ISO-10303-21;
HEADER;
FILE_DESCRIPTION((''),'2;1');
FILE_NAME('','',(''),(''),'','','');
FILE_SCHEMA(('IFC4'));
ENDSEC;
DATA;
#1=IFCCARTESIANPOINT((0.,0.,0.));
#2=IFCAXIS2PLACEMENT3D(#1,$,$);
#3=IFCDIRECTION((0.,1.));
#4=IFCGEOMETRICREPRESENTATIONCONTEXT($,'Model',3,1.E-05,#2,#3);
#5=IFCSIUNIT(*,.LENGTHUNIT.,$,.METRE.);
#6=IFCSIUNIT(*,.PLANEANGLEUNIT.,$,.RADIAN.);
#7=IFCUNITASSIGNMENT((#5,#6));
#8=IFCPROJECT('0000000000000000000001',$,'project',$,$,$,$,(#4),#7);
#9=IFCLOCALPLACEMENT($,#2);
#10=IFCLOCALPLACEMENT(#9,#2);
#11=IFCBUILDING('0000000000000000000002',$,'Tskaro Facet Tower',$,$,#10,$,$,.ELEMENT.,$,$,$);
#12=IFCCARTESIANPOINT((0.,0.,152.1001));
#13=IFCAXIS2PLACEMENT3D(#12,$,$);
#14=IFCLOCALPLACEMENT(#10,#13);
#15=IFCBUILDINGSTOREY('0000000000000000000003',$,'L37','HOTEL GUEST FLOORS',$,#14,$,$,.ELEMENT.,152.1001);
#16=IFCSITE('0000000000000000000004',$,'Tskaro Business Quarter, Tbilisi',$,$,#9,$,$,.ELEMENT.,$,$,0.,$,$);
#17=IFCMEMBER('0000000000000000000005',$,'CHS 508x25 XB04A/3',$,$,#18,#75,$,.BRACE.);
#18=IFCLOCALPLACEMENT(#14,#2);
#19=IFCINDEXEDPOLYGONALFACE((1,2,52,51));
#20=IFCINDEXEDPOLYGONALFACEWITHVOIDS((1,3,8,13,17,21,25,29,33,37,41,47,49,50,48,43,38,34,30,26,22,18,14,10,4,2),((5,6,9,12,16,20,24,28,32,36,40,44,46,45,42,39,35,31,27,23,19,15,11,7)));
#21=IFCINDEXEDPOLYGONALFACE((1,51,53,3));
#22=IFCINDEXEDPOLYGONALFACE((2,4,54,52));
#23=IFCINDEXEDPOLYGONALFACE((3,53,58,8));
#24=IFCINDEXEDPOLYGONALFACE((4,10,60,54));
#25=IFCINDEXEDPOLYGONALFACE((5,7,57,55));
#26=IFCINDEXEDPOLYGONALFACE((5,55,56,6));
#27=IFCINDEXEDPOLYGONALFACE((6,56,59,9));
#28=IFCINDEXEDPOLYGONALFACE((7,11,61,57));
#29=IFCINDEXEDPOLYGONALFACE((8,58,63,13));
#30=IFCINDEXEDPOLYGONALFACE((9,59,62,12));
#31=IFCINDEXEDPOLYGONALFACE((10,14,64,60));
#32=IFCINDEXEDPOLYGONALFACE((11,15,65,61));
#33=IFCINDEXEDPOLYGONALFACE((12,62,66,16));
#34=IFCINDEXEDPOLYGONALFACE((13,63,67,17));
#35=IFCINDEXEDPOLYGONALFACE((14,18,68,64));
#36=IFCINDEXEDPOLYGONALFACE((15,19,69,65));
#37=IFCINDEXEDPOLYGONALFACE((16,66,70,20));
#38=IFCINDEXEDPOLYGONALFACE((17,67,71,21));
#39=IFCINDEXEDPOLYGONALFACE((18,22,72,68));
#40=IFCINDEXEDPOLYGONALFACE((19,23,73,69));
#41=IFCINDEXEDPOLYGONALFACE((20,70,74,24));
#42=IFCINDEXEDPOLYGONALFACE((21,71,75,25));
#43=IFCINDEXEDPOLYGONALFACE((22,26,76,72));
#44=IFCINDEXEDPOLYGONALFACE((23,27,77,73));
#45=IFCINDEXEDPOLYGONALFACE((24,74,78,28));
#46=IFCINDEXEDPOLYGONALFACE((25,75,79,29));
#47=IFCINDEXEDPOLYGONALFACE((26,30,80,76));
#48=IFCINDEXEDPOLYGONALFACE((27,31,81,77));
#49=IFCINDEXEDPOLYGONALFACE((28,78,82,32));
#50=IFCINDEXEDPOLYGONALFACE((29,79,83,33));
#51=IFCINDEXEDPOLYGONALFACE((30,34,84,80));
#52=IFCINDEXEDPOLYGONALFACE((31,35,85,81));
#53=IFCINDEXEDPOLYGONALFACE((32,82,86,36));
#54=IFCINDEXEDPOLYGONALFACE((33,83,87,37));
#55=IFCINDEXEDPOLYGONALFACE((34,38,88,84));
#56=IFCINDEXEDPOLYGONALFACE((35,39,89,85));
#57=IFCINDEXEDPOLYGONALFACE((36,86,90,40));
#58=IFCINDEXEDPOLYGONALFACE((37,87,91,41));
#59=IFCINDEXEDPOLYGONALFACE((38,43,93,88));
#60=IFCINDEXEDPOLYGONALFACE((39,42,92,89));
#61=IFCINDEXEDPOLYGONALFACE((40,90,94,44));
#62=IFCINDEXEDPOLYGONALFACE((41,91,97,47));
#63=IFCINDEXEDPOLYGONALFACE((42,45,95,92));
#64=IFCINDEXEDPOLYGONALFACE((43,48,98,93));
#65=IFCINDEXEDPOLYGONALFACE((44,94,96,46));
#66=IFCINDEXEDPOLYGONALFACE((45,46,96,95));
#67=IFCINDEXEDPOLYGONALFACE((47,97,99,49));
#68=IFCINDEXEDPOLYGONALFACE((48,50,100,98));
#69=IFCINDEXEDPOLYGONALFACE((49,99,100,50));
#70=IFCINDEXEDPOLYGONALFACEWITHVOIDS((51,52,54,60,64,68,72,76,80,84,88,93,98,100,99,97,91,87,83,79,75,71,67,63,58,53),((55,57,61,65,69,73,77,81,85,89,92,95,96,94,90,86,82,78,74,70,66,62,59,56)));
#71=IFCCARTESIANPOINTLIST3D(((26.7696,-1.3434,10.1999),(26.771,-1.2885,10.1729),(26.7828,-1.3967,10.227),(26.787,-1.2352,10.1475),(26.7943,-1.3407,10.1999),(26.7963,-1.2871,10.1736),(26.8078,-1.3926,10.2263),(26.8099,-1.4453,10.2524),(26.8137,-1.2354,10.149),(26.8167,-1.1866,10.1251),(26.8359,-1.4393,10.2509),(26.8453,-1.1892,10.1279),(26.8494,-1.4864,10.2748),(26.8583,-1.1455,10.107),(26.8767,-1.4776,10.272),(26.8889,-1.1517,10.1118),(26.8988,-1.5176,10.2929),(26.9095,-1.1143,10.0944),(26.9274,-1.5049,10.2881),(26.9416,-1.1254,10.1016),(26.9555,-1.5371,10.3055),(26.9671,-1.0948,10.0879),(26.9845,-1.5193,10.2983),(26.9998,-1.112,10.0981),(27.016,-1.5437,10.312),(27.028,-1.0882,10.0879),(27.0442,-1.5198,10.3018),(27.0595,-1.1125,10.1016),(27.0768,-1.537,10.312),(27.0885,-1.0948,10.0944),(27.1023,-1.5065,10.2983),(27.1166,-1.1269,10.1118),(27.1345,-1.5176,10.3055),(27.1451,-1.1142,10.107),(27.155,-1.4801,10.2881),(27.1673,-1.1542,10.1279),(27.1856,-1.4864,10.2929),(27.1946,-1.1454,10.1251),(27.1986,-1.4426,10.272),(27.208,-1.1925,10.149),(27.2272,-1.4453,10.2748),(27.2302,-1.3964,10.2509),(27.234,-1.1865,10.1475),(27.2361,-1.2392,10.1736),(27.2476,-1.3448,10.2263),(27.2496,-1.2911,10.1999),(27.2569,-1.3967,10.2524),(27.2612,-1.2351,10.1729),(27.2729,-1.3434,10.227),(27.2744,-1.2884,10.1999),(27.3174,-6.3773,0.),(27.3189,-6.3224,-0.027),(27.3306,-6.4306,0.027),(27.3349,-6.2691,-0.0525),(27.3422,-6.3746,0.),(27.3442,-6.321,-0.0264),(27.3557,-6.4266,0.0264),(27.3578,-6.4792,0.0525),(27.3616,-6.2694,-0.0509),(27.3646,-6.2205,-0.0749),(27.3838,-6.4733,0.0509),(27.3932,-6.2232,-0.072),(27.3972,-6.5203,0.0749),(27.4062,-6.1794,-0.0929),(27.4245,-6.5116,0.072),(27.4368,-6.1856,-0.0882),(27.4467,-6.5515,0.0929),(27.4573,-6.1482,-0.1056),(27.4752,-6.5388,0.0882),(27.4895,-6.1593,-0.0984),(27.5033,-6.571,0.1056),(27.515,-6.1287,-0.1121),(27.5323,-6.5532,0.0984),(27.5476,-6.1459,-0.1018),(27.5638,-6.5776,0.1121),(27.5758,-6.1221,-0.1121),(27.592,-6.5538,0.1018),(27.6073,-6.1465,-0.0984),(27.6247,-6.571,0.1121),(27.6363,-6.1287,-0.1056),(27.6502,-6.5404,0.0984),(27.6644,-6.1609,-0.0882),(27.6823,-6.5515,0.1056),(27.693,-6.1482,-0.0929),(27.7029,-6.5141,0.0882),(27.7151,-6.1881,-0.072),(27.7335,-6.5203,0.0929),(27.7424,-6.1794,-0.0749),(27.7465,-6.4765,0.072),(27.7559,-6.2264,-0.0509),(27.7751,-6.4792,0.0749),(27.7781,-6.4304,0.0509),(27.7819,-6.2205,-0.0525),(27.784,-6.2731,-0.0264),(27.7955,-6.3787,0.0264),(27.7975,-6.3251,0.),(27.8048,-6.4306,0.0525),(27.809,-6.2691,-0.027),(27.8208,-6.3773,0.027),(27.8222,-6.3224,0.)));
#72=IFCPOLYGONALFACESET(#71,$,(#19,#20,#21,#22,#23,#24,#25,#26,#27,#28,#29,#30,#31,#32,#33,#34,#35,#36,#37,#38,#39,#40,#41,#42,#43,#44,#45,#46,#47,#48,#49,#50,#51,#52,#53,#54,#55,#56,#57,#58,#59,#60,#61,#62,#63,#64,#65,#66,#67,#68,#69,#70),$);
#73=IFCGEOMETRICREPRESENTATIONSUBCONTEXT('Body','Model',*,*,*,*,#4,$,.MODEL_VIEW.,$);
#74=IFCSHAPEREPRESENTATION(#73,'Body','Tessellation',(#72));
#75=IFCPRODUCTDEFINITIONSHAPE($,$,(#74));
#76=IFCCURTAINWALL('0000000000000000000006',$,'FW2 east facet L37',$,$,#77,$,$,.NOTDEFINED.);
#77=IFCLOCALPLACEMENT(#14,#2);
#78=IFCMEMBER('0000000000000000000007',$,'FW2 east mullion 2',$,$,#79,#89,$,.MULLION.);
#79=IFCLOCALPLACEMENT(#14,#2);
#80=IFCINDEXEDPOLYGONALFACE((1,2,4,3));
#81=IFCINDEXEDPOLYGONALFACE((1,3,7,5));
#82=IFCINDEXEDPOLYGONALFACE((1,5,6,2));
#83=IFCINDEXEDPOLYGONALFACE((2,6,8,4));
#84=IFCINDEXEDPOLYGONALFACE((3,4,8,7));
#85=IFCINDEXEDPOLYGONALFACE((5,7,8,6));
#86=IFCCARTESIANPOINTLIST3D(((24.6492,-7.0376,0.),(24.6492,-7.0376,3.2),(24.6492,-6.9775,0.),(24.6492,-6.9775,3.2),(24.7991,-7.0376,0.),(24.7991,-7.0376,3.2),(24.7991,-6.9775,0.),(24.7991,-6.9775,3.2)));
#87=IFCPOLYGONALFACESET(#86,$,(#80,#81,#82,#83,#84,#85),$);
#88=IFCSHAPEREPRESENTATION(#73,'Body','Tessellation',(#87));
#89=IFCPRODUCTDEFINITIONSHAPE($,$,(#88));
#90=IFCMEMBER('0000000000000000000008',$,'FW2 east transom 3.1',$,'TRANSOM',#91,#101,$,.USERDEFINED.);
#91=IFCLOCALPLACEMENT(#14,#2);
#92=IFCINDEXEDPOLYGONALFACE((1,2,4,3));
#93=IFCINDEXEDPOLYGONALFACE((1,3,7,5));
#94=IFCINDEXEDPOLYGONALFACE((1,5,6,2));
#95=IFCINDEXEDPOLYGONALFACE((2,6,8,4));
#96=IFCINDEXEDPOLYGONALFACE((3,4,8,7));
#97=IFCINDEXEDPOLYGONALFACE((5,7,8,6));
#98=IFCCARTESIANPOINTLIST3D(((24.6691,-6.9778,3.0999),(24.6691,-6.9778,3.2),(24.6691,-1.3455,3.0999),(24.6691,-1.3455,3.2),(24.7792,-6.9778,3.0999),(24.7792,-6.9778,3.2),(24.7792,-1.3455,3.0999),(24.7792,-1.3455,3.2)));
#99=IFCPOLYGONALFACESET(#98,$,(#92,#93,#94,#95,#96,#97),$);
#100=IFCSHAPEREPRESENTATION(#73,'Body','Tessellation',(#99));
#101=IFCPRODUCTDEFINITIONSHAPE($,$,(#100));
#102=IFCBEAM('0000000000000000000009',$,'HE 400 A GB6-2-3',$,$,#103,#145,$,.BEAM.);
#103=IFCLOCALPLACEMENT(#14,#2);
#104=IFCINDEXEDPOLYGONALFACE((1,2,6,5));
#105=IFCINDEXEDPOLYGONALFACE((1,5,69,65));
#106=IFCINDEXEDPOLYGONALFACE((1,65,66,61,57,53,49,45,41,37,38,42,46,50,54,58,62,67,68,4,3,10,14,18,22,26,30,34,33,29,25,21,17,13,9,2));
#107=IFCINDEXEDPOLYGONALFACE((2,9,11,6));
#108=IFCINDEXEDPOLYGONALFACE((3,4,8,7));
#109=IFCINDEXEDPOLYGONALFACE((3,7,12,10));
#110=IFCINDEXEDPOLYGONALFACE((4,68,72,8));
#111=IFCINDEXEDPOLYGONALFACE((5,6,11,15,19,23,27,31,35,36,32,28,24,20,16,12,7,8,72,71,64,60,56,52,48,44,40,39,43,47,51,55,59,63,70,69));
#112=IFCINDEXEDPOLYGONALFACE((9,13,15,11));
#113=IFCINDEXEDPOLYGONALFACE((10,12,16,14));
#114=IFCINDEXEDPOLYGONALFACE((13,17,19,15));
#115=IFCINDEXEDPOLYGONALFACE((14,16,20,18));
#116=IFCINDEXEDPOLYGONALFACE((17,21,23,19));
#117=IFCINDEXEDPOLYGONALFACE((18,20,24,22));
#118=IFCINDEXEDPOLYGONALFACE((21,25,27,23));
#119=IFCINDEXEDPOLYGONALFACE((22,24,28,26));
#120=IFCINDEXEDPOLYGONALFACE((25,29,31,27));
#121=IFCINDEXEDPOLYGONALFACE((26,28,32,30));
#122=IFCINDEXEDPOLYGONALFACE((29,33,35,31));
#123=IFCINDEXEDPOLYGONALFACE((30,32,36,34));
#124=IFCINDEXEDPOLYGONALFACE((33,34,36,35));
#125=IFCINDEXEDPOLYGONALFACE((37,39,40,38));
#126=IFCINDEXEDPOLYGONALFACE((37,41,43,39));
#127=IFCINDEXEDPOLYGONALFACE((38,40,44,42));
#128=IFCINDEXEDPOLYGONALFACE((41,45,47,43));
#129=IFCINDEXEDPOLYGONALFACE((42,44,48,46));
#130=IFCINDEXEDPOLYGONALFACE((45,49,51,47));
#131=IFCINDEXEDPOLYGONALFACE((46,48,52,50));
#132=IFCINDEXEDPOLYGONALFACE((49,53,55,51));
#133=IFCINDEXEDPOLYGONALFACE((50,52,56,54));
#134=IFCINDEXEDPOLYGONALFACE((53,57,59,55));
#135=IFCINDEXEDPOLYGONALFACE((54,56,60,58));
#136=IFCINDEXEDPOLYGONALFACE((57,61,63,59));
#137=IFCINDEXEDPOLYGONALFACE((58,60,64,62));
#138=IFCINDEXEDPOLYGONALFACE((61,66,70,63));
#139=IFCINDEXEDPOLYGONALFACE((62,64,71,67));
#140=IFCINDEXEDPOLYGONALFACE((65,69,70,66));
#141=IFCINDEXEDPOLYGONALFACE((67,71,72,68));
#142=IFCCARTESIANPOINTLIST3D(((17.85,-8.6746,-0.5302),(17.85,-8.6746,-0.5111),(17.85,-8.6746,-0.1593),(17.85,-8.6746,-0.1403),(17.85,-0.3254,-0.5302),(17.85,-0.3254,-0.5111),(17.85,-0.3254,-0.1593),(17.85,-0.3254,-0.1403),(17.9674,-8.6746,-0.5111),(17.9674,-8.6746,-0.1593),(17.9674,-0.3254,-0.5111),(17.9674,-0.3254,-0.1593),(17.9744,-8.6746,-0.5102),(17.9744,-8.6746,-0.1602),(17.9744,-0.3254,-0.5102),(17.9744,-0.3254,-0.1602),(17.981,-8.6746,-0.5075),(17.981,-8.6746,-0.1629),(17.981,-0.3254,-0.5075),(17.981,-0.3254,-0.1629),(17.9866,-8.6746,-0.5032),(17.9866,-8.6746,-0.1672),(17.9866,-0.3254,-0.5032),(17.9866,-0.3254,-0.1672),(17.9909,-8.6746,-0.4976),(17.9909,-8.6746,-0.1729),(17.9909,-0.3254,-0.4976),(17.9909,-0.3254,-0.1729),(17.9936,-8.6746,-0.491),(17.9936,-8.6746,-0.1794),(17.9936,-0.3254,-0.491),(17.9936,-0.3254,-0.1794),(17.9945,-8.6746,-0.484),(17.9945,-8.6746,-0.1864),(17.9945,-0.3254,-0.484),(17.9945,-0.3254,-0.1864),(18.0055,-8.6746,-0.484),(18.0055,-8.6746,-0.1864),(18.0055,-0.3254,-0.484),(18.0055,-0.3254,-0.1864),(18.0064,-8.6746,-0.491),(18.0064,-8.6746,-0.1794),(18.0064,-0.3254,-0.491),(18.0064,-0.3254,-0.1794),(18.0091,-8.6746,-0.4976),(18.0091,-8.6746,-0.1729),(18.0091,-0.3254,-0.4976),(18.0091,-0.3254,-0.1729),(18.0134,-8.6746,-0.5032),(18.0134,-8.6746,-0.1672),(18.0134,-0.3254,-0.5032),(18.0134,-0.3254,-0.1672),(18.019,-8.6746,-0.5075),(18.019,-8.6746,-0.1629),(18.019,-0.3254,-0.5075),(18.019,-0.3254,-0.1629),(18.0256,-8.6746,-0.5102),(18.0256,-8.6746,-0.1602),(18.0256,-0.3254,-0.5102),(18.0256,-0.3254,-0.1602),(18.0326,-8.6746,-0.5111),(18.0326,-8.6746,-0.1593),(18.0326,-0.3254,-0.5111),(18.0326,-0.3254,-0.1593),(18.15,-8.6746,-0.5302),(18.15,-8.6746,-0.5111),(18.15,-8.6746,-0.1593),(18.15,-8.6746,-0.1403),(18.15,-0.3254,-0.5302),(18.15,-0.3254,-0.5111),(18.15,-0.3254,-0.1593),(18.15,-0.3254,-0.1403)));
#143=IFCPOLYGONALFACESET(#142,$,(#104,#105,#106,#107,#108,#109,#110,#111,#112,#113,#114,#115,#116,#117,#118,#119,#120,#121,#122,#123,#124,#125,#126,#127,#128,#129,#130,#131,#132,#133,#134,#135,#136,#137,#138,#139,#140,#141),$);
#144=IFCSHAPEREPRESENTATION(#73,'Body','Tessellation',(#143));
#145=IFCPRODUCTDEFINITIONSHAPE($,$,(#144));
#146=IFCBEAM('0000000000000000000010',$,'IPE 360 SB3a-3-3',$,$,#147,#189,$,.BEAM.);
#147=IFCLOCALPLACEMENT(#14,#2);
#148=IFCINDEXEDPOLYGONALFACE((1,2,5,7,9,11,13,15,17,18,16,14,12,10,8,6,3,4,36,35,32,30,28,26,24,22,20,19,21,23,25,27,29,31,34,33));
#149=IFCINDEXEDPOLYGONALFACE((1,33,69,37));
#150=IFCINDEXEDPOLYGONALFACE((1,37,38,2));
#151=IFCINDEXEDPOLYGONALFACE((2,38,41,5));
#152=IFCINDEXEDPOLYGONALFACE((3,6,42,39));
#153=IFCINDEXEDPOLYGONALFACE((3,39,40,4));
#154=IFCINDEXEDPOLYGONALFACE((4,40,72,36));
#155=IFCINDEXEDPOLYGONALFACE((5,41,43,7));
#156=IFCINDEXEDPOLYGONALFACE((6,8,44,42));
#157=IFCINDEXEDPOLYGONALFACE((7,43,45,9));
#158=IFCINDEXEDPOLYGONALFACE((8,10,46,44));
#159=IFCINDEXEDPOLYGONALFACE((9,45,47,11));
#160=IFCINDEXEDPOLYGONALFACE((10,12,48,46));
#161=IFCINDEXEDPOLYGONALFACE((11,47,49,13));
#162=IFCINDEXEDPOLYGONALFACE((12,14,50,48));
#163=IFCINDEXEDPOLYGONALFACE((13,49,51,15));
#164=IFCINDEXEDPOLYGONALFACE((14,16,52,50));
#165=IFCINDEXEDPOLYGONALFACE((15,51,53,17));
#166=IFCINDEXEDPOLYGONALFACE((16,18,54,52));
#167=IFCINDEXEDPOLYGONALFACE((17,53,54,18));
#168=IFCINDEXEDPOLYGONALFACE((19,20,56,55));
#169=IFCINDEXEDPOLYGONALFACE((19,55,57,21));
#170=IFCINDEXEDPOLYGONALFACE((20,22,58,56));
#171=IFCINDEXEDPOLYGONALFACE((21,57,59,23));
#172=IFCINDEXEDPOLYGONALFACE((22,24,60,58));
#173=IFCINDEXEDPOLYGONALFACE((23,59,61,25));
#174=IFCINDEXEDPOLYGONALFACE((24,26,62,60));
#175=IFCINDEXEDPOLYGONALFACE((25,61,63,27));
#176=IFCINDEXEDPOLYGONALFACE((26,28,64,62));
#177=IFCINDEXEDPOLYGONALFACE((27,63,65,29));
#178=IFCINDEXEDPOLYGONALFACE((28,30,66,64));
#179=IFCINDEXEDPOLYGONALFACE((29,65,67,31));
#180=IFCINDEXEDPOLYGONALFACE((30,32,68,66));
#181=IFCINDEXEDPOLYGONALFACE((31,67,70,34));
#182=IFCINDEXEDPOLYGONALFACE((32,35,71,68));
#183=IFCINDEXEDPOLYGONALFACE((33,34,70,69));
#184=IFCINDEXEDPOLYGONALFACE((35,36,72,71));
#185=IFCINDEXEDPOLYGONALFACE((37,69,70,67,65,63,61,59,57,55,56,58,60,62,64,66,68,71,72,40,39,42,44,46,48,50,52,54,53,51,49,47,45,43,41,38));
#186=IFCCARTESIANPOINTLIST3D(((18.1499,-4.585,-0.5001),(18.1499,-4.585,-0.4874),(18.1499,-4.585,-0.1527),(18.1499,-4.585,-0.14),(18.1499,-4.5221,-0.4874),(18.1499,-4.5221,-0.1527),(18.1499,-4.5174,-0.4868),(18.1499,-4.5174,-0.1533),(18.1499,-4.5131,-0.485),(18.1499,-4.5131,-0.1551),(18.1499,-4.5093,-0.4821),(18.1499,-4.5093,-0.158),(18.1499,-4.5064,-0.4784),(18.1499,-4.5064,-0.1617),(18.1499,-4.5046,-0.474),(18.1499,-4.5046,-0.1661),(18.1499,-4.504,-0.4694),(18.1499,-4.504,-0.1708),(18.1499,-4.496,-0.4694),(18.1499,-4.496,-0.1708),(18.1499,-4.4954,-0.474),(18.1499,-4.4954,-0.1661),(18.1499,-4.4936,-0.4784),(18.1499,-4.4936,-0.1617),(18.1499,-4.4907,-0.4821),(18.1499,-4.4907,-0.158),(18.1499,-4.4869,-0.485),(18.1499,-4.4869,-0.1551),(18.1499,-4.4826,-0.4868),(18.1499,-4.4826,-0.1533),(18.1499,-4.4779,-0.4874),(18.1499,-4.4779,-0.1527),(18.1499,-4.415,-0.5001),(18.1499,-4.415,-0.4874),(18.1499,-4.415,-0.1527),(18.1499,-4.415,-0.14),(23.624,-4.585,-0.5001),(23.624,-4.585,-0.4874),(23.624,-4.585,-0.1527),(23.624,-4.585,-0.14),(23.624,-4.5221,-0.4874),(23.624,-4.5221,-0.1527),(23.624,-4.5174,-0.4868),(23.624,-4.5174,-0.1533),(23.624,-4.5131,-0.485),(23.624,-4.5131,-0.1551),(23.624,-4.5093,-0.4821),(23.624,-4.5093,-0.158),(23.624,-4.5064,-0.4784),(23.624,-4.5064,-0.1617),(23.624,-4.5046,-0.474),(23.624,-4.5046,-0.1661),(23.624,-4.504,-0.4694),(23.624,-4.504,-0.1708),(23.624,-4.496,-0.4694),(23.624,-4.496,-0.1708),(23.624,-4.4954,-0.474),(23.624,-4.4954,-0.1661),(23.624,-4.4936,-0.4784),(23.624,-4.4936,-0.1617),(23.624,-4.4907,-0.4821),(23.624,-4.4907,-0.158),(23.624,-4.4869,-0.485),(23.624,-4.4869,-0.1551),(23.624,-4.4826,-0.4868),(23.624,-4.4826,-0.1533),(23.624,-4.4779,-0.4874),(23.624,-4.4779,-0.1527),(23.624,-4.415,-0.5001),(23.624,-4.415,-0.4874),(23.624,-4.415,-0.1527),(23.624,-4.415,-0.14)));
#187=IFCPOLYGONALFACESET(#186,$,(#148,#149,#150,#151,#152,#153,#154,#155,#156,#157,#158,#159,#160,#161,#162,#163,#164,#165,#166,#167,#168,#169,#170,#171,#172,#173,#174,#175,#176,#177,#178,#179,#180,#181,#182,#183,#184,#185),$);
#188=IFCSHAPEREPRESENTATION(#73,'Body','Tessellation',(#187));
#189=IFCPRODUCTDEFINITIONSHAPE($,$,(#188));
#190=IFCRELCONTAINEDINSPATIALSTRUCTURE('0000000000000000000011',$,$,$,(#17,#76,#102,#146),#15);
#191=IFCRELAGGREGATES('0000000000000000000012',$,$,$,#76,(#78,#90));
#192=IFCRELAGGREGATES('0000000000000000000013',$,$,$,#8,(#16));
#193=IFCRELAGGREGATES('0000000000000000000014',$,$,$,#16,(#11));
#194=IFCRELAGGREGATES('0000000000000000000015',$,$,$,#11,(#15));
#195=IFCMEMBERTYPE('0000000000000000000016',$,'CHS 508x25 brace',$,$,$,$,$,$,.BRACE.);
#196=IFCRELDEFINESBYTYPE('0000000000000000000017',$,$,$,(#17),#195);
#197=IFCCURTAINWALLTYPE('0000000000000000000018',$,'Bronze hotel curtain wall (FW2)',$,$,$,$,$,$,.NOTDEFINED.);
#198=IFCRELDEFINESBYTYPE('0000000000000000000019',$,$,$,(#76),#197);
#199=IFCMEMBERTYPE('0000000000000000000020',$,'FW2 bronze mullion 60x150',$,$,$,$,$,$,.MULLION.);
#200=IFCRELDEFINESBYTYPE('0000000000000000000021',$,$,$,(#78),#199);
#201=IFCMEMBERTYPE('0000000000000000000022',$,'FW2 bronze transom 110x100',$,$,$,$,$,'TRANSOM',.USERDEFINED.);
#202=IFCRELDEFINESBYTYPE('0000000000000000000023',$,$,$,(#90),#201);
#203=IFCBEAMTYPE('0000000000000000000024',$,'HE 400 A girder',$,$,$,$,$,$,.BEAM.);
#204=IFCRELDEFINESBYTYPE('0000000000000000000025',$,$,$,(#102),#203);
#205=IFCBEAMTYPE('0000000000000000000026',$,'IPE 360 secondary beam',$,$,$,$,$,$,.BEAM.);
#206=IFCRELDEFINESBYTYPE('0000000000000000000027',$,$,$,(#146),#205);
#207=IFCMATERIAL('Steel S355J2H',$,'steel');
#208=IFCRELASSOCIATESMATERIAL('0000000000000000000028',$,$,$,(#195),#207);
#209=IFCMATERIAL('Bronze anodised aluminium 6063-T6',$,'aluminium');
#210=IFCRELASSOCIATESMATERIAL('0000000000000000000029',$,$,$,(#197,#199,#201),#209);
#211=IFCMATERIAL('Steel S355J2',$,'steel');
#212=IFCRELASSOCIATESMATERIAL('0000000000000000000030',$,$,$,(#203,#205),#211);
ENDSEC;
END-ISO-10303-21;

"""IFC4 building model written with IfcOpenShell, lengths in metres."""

from ifc_helpers import new_model, si_unit, direction, frame, origin, origin_2d, place, context, subcontext, project, spatial, rectangle, hollow_circle, i_section, extrude, material, material_profile, profile_set, type_object, element, aggregate, save


model = new_model("IFC4")

# Units and contexts
model_context = context("Model", 3, precision=1e-05, world=origin(), true_north=direction((0.0, 1.0)))
body_context = subcontext(model_context, "Body", "Model", "MODEL_VIEW")
ifc_project = project(units=[si_unit("LENGTHUNIT", "METRE"), si_unit("PLANEANGLEUNIT", "RADIAN")], contexts=[model_context])

# Site, building, storey
site_placement = place(None, origin())
site = spatial("IfcSite", under=ifc_project, at=site_placement, Name="Tskaro Business Quarter, Tbilisi", CompositionType="ELEMENT", RefElevation=0.0)
building_placement = place(site_placement, origin())
building = spatial("IfcBuilding", under=site, at=building_placement, Name="Tskaro Facet Tower", CompositionType="ELEMENT")
storey_placement = place(building_placement, frame((0.0, 0.0, 152.1001)))
storey = spatial("IfcBuildingStorey", under=building, at=storey_placement, Name="L37", Description="HOTEL GUEST FLOORS", CompositionType="ELEMENT", Elevation=152.1001)

# Member
ifc_material_1 = material(Name="Steel S355J2H", Category="steel")
ifc_material_profile_1 = material_profile(ifc_material_1, hollow_circle(Radius=0.2539, WallThickness=0.0249, at=origin_2d()), Name="CHS 508x25")
ifc_profile_set_1 = profile_set([ifc_material_profile_1], Name="Steel S355J2H")
member_type_1 = type_object("IfcMemberType", Name="CHS 508x25 brace", PredefinedType="BRACE", material=ifc_profile_set_1)
member_1_placement = place(storey_placement, frame((27.5698, -6.3499, 0.0), z_axis=(-0.048109, 0.44205, 0.895699), x_axis=(-0.99413, -0.108193, 0.0)))
element("IfcMember", 1, at=member_1_placement, inside=storey, type_object=member_type_1, Name="CHS 508x25 XB04A/3", PredefinedType="BRACE", context=body_context, shape_type="SweptSolid", body=[
    extrude(hollow_circle(Radius=0.2539, WallThickness=0.0249, at=origin_2d()), origin(), (0.0, 0.0, 1.0), 11.3877),
])

# Curtain wall, members
ifc_material_2 = material(Name="Bronze anodised aluminium 6063-T6", Category="aluminium")
curtain_wall_type = type_object("IfcCurtainWallType", Name="Bronze hotel curtain wall (FW2)", PredefinedType="NOTDEFINED", material=ifc_material_2)
curtain_wall_placement = place(storey_placement, origin())
curtain_wall = element("IfcCurtainWall", 2, at=curtain_wall_placement, inside=storey, type_object=curtain_wall_type, Name="FW2 east facet L37", PredefinedType="NOTDEFINED")
ifc_material_profile_2 = material_profile(ifc_material_2, rectangle(XDim=0.0601, YDim=0.1499, at=origin_2d()), Name="Mullion 60x150")
ifc_profile_set_2 = profile_set([ifc_material_profile_2], Name="Bronze anodised aluminium 6063-T6")
member_type_2 = type_object("IfcMemberType", Name="FW2 bronze mullion 60x150", PredefinedType="MULLION", material=ifc_profile_set_2)
member_2_placement = place(storey_placement, frame((24.7241, -7.0076, 0.0), z_axis=(0.0, 0.0, 1.0), x_axis=(0.0, 1.0, 0.0)))
member_2 = element("IfcMember", 3, at=member_2_placement, type_object=member_type_2, Name="FW2 east mullion 2", PredefinedType="MULLION", context=body_context, shape_type="SweptSolid", body=[
    extrude(rectangle(XDim=0.0601, YDim=0.1499, at=origin_2d()), origin(), (0.0, 0.0, 1.0), 3.2),
])
ifc_material_profile_3 = material_profile(ifc_material_2, rectangle(XDim=0.1101, YDim=0.1001, at=origin_2d()), Name="Transom 110x100")
ifc_profile_set_3 = profile_set([ifc_material_profile_3], Name="Bronze anodised aluminium 6063-T6")
member_type_3 = type_object("IfcMemberType", Name="FW2 bronze transom 110x100", ElementType="TRANSOM", PredefinedType="USERDEFINED", material=ifc_profile_set_3)
member_3_placement = place(storey_placement, frame((24.7241, -6.9778, 3.1499), z_axis=(0.0, 1.0, 0.0), x_axis=(-1.0, 0.0, 0.0)))
member_3 = element("IfcMember", 4, at=member_3_placement, type_object=member_type_3, Name="FW2 east transom 3.1", ObjectType="TRANSOM", PredefinedType="USERDEFINED", context=body_context, shape_type="SweptSolid", body=[
    extrude(rectangle(XDim=0.1101, YDim=0.1001, at=origin_2d()), origin(), (0.0, 0.0, 1.0), 5.6323),
])

# Beams
ifc_material_3 = material(Name="Steel S355J2", Category="steel")
ifc_material_profile_4 = material_profile(ifc_material_3, i_section(OverallWidth=0.3, OverallDepth=0.3899, WebThickness=0.011, FlangeThickness=0.019, FilletRadius=0.0271, at=origin_2d()), Name="HE 400 A")
ifc_profile_set_4 = profile_set([ifc_material_profile_4], Name="Steel S355J2")
beam_type_1 = type_object("IfcBeamType", Name="HE 400 A girder", PredefinedType="BEAM", material=ifc_profile_set_4)
beam_1_placement = place(storey_placement, frame((18.0, -8.6746, -0.3352), z_axis=(0.0, 1.0, 0.0), x_axis=(-1.0, 0.0, 0.0)))
element("IfcBeam", 5, at=beam_1_placement, inside=storey, type_object=beam_type_1, Name="HE 400 A GB6-2-3", PredefinedType="BEAM", context=body_context, shape_type="SweptSolid", body=[
    extrude(i_section(OverallWidth=0.3, OverallDepth=0.3899, WebThickness=0.011, FlangeThickness=0.019, FilletRadius=0.0271, at=origin_2d()), origin(), (0.0, 0.0, 1.0), 8.3491),
])
ifc_material_profile_5 = material_profile(ifc_material_3, i_section(OverallWidth=0.1699, OverallDepth=0.3601, WebThickness=0.0081, FlangeThickness=0.0127, FilletRadius=0.0181, at=origin_2d()), Name="IPE 360")
ifc_profile_set_5 = profile_set([ifc_material_profile_5], Name="Steel S355J2")
beam_type_2 = type_object("IfcBeamType", Name="IPE 360 secondary beam", PredefinedType="BEAM", material=ifc_profile_set_5)
beam_2_placement = place(storey_placement, frame((18.1499, -4.5, -0.3201), z_axis=(1.0, 0.0, 0.0), x_axis=(0.0, 1.0, 0.0)))
element("IfcBeam", 6, at=beam_2_placement, inside=storey, type_object=beam_type_2, Name="IPE 360 SB3a-3-3", PredefinedType="BEAM", context=body_context, shape_type="SweptSolid", body=[
    extrude(i_section(OverallWidth=0.1699, OverallDepth=0.3601, WebThickness=0.0081, FlangeThickness=0.0127, FilletRadius=0.0181, at=origin_2d()), origin(), (0.0, 0.0, 1.0), 5.4741),
])

aggregate(curtain_wall, [member_2, member_3])

save(model, "model.ifc")
